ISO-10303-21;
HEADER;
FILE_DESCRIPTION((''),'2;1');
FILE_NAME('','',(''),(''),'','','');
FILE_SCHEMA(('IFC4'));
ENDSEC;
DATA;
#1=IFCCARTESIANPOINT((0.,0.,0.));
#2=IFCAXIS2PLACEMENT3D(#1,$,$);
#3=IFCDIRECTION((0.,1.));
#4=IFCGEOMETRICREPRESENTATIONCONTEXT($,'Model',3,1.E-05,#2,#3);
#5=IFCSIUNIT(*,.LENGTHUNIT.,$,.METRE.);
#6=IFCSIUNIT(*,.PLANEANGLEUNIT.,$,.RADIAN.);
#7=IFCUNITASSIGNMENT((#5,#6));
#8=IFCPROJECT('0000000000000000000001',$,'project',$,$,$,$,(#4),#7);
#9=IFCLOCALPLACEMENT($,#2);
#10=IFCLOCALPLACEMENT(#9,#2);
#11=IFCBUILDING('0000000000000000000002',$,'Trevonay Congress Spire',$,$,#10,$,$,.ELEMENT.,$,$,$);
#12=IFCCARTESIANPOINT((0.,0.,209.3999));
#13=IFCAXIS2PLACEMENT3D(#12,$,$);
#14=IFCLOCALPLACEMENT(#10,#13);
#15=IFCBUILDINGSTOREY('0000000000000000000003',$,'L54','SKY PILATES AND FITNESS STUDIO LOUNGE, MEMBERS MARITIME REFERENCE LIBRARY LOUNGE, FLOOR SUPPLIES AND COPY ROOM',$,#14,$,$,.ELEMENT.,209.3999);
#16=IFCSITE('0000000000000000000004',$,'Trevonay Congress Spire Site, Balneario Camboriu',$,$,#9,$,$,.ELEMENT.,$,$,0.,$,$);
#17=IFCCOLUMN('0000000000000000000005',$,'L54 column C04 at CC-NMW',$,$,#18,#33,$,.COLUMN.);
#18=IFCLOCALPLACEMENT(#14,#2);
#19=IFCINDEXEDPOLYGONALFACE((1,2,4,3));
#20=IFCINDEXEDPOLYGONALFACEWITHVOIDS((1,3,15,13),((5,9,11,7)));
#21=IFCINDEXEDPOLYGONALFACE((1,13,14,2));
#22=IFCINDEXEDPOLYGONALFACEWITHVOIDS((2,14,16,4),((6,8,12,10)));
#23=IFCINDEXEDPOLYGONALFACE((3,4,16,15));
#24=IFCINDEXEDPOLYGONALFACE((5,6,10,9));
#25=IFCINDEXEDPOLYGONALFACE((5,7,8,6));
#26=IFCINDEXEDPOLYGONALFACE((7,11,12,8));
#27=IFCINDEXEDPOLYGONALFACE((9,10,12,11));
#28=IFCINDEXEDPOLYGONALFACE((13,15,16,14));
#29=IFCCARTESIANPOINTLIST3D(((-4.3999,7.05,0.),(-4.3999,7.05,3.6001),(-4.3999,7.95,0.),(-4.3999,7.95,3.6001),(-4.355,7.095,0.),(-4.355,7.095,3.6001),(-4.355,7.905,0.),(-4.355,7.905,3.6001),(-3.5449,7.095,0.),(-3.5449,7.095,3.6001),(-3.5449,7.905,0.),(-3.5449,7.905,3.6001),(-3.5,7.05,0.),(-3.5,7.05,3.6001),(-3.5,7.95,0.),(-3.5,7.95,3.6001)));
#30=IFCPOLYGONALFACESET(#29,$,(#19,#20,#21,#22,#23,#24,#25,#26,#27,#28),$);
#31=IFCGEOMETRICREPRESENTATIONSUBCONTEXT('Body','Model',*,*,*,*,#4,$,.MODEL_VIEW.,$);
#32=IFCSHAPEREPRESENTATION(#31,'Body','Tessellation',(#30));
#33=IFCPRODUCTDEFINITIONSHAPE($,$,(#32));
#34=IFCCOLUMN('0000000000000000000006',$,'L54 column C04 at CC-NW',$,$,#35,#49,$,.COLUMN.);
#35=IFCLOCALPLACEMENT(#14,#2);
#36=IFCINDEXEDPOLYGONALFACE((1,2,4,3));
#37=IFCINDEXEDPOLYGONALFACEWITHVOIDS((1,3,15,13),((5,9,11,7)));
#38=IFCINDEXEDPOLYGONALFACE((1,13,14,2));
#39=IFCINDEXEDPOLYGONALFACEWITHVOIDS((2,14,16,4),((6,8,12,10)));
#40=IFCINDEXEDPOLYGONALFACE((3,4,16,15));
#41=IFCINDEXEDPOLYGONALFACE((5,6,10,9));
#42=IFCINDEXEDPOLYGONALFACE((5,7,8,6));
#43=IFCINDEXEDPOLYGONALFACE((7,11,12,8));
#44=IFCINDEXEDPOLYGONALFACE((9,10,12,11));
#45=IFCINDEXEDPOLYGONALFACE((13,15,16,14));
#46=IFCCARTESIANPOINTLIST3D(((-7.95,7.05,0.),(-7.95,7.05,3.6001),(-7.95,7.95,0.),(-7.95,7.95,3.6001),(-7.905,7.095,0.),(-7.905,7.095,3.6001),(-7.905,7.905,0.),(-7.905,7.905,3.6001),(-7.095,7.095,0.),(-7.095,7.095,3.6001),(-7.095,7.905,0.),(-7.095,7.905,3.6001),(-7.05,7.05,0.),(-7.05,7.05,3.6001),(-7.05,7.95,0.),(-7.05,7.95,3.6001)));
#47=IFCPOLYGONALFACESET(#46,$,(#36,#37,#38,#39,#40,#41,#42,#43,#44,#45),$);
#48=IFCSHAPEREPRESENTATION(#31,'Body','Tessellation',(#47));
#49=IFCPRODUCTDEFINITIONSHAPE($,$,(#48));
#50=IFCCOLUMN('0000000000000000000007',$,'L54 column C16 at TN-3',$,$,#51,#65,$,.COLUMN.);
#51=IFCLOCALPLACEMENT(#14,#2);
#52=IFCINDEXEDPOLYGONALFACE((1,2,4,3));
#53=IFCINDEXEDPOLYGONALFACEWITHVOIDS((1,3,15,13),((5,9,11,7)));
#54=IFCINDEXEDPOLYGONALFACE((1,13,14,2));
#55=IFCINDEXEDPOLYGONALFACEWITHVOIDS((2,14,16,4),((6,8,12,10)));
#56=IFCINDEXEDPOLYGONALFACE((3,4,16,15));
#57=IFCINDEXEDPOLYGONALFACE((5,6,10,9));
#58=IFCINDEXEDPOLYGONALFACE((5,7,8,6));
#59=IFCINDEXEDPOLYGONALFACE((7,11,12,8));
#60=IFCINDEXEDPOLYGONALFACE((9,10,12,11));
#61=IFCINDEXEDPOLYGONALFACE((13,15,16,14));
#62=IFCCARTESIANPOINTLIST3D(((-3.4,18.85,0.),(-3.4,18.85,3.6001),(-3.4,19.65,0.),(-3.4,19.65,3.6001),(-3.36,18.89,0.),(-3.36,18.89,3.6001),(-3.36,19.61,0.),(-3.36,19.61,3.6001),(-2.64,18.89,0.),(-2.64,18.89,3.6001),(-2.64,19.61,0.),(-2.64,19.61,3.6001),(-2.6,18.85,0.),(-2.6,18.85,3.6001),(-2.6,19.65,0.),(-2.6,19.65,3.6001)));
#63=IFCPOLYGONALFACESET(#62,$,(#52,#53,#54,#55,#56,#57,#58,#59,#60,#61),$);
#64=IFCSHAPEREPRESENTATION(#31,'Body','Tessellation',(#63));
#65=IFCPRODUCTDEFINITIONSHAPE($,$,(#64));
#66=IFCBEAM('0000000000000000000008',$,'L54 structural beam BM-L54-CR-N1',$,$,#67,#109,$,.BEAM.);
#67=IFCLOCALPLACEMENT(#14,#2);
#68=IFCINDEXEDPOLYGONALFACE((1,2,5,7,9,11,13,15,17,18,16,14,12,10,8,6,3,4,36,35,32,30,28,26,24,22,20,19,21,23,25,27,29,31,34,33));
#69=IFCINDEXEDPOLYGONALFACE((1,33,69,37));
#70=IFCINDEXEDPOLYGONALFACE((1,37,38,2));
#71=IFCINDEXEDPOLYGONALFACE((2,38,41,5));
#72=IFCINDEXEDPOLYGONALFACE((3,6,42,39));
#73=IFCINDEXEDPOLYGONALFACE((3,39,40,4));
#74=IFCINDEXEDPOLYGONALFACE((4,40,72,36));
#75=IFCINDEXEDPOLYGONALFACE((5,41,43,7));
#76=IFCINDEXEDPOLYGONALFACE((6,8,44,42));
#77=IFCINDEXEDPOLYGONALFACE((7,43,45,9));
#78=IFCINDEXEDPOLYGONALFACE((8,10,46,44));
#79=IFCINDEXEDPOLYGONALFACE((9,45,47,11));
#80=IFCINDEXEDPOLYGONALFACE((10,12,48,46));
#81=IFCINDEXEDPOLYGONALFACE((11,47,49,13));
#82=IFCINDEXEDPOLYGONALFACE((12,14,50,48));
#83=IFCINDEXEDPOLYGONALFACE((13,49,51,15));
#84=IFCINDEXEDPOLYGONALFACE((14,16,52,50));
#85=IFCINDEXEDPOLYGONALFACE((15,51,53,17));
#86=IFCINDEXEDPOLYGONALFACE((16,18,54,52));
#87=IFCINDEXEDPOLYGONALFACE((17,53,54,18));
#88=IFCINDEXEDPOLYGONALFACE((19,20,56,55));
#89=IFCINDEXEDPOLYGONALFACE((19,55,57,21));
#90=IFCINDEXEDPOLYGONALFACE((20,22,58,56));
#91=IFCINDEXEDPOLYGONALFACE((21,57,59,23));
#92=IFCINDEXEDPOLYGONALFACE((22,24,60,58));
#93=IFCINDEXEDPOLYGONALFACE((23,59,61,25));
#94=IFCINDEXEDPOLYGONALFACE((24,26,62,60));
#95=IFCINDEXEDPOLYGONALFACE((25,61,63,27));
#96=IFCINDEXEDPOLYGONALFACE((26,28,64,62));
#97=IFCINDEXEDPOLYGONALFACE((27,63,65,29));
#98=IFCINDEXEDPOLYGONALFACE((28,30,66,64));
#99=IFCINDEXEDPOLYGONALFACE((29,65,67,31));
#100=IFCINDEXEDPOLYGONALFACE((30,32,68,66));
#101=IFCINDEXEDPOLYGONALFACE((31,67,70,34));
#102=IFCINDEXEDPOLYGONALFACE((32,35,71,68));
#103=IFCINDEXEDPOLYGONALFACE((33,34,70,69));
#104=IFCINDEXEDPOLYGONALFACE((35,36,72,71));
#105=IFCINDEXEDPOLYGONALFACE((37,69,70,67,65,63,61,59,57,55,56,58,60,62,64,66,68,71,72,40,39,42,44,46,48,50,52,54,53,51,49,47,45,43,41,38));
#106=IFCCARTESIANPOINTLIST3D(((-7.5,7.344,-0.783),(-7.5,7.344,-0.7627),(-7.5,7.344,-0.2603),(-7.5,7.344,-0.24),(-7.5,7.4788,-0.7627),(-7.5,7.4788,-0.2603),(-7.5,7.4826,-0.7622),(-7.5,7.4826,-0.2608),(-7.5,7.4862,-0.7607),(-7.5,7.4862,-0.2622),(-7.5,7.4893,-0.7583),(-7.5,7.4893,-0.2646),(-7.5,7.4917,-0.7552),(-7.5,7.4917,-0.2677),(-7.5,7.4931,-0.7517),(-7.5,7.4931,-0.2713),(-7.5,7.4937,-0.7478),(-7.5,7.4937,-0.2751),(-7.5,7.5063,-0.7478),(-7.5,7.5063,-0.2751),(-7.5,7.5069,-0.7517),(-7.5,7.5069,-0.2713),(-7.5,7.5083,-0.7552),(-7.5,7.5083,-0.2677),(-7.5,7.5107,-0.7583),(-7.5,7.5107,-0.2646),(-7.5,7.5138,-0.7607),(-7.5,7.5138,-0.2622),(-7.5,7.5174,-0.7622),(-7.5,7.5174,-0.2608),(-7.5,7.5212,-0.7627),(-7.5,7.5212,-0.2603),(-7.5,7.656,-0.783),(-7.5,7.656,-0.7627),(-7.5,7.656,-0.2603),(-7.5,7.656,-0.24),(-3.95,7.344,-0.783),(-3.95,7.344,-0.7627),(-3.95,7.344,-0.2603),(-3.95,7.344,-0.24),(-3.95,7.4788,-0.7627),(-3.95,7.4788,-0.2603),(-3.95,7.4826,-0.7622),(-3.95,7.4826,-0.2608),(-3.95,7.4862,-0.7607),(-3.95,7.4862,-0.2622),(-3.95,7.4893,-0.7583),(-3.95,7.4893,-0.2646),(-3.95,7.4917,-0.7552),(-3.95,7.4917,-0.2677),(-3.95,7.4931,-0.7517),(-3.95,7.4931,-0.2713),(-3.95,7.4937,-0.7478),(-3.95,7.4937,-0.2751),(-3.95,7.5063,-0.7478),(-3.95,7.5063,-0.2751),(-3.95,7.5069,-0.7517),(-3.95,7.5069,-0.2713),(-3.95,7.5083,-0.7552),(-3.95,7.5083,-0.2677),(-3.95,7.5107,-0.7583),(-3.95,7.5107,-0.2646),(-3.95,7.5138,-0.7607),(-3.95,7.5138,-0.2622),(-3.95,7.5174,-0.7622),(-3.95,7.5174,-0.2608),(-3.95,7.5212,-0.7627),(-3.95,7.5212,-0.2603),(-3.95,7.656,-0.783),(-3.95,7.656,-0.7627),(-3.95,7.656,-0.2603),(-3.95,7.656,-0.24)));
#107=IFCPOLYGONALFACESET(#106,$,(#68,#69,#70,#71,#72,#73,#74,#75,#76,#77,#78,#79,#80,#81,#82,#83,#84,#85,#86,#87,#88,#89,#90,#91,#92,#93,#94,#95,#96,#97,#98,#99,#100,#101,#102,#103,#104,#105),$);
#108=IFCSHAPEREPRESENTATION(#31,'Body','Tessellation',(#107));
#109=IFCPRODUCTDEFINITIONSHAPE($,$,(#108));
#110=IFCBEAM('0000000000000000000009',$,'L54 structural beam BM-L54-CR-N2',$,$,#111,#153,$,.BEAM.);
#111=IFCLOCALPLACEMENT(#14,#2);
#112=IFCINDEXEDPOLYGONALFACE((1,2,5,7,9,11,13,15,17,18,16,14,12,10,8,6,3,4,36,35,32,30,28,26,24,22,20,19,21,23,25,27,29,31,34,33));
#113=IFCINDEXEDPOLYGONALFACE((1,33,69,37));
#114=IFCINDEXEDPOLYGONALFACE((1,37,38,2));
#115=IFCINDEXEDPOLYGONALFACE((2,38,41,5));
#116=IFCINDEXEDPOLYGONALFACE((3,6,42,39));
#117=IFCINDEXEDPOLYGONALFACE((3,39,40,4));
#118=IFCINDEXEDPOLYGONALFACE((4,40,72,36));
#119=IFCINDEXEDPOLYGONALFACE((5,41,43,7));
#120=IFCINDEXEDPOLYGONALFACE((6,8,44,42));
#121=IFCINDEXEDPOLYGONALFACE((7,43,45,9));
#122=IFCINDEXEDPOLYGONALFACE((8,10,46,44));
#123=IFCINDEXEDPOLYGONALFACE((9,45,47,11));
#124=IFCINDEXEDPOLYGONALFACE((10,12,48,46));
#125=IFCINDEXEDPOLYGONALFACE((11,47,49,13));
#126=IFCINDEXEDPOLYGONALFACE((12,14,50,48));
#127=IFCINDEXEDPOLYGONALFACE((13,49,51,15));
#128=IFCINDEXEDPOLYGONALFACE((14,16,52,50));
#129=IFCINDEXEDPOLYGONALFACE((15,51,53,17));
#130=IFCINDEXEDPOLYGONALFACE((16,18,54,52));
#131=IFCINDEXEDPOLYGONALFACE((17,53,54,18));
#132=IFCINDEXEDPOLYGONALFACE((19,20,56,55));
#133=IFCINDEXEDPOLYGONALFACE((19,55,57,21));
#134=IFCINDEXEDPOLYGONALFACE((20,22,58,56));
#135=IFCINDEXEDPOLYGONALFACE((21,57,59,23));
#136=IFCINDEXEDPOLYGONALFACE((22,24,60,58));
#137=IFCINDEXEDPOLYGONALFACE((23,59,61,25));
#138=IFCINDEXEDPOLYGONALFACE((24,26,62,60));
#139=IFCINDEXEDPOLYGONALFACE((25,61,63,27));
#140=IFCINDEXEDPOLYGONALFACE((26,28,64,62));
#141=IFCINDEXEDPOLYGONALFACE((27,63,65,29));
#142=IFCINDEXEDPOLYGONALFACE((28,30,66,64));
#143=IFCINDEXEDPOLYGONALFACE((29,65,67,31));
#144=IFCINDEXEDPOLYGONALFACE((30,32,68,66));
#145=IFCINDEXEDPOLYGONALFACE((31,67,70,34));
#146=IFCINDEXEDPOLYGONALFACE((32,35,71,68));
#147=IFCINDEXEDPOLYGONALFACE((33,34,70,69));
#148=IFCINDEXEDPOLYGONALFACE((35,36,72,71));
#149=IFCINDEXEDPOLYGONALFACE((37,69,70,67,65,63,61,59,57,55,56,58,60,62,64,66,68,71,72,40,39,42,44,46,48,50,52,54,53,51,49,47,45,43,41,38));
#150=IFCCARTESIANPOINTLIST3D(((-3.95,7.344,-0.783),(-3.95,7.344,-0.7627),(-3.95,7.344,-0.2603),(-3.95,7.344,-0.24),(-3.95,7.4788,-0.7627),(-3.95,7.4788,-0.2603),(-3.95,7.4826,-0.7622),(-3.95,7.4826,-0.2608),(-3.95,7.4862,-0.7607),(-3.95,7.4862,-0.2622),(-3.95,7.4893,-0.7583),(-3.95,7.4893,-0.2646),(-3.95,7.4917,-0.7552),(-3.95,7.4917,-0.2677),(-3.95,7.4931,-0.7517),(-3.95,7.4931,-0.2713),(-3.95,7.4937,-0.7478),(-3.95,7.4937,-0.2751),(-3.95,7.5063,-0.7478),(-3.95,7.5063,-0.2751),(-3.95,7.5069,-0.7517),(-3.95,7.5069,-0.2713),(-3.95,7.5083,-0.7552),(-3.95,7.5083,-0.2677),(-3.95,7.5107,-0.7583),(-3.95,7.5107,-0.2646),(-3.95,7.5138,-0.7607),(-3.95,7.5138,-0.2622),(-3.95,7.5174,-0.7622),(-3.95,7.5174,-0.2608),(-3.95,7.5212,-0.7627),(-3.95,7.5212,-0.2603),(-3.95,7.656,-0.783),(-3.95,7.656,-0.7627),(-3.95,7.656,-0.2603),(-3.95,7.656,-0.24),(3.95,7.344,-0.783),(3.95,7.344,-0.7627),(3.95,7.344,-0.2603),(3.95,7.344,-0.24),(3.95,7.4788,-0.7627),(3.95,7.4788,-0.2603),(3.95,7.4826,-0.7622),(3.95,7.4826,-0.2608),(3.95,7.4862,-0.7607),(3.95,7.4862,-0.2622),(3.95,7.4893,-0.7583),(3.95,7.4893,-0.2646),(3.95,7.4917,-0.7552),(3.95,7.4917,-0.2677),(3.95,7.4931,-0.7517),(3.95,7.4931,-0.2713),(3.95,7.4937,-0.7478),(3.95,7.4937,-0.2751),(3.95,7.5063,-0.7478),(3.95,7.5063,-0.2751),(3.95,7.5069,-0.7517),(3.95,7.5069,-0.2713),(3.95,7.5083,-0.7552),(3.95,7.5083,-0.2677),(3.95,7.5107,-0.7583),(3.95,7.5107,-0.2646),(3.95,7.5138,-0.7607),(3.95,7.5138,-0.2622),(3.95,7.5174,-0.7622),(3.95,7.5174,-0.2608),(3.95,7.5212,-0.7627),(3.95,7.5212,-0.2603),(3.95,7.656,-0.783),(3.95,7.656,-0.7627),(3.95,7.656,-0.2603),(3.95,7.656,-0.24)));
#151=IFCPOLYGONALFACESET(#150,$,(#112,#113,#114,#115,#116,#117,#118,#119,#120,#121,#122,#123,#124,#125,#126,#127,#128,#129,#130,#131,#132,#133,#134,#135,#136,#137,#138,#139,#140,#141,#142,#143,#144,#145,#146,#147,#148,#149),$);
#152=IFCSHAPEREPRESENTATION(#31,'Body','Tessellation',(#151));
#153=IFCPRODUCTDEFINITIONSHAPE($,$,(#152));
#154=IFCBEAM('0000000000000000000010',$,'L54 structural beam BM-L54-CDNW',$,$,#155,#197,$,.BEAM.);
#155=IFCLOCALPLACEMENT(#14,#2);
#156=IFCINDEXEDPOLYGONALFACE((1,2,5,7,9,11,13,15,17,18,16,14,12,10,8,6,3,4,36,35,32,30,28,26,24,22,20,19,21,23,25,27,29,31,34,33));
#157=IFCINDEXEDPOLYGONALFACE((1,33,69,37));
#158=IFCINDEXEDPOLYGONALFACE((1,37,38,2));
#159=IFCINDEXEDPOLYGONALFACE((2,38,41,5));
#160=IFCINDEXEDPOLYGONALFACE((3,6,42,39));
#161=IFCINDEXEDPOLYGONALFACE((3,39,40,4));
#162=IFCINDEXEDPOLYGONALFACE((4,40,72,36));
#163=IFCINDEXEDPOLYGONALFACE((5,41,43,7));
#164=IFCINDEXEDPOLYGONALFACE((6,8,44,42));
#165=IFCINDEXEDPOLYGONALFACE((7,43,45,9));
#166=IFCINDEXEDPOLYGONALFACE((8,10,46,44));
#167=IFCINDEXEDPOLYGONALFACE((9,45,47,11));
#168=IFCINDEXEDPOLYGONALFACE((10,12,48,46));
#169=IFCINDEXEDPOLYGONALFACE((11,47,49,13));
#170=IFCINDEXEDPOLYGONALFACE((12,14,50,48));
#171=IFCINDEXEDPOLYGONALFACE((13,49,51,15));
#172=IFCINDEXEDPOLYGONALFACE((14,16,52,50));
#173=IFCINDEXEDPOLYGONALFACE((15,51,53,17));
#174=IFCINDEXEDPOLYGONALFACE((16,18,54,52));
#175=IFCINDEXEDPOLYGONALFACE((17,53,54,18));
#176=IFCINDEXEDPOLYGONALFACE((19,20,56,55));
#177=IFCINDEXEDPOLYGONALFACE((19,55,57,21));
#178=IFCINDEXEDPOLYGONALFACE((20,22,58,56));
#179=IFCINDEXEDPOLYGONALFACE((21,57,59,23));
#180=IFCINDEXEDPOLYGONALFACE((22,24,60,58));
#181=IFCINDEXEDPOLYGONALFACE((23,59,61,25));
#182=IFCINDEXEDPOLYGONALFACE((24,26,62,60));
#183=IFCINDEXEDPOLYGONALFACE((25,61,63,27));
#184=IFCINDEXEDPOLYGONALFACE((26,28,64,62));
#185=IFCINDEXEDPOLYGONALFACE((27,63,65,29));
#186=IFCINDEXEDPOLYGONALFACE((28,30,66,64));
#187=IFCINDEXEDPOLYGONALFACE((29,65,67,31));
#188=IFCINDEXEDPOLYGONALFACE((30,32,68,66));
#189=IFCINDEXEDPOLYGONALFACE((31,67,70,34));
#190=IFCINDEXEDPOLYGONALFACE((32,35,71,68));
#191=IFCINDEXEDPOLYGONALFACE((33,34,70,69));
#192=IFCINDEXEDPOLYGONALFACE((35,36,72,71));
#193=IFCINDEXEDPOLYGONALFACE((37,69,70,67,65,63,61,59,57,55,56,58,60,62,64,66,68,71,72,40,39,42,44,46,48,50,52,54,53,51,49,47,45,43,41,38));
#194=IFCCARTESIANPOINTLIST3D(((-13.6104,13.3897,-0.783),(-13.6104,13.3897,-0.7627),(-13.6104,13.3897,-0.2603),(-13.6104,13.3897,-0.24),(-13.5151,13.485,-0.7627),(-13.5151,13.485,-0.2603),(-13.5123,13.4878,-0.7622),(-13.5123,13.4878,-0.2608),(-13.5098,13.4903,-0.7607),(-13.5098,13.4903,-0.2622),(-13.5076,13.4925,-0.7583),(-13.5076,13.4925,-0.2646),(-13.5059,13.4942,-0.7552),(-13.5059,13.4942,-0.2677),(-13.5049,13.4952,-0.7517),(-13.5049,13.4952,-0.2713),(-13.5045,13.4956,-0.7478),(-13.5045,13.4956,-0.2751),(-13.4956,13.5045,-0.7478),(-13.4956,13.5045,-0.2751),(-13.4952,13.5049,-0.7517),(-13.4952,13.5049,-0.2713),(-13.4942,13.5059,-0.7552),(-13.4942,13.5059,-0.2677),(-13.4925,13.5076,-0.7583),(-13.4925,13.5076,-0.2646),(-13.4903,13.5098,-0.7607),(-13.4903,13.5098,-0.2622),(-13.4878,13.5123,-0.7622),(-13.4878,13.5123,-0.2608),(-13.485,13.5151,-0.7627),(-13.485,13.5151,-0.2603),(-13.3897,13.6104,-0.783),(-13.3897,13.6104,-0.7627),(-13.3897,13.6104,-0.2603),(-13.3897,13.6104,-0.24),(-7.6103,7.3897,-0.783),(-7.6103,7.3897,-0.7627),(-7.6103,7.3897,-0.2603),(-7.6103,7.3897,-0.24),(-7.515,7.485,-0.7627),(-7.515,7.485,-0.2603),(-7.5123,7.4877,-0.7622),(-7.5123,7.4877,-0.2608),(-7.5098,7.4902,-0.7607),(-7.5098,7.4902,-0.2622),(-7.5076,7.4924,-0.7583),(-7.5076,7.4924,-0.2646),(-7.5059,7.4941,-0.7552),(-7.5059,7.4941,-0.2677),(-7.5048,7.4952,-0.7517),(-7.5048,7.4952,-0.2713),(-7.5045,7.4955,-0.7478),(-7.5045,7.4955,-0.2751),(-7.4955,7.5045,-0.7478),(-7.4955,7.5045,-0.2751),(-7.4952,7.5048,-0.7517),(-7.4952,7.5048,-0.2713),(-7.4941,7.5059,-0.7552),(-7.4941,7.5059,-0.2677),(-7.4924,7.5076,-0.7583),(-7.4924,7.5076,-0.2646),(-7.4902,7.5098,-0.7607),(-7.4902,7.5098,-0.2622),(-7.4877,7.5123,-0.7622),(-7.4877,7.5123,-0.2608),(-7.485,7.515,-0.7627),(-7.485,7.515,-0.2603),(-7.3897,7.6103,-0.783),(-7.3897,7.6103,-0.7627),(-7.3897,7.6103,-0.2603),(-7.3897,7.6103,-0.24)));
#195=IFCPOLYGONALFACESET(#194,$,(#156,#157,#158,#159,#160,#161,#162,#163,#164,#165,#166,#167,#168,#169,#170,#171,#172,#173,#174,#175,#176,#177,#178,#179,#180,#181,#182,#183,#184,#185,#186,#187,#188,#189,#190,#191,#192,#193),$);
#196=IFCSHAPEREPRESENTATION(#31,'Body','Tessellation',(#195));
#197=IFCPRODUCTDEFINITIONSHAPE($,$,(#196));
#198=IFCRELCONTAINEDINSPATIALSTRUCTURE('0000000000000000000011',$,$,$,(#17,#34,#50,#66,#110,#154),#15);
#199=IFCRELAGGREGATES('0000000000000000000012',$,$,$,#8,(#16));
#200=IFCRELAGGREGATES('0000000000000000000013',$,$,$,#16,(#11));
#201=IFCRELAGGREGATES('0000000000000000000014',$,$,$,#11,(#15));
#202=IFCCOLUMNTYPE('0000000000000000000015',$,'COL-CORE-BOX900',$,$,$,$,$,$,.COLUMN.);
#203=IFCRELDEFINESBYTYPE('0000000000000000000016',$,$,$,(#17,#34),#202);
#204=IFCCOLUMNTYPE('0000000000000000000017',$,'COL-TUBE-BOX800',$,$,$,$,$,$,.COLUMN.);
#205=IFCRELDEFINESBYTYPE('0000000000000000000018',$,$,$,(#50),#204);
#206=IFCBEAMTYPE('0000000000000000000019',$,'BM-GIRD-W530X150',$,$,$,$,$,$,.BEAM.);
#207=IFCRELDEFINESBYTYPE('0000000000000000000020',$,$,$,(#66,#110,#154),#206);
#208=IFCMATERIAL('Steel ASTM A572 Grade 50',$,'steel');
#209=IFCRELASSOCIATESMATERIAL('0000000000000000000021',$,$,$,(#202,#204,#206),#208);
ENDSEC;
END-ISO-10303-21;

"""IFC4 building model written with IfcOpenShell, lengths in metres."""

from ifc_helpers import new_model, si_unit, direction, frame, origin, origin_2d, place, context, subcontext, project, spatial, hollow_rectangle, i_section, extrude, material, material_profile, profile_set, type_object, element, save


model = new_model("IFC4")

# Units and contexts
model_context = context("Model", 3, precision=1e-05, world=origin(), true_north=direction((0.0, 1.0)))
body_context = subcontext(model_context, "Body", "Model", "MODEL_VIEW")
ifc_project = project(units=[si_unit("LENGTHUNIT", "METRE"), si_unit("PLANEANGLEUNIT", "RADIAN")], contexts=[model_context])

# Site, building, storey
site_placement = place(None, origin())
site = spatial("IfcSite", under=ifc_project, at=site_placement, Name="Trevonay Congress Spire Site, Balneario Camboriu", CompositionType="ELEMENT", RefElevation=0.0)
building_placement = place(site_placement, origin())
building = spatial("IfcBuilding", under=site, at=building_placement, Name="Trevonay Congress Spire", CompositionType="ELEMENT")
storey_placement = place(building_placement, frame((0.0, 0.0, 209.3999)))
storey = spatial("IfcBuildingStorey", under=building, at=storey_placement, Name="L54", Description="SKY PILATES AND FITNESS STUDIO LOUNGE, MEMBERS MARITIME REFERENCE LIBRARY LOUNGE, FLOOR SUPPLIES AND COPY ROOM", CompositionType="ELEMENT", Elevation=209.3999)

# Columns
ifc_material_1 = material(Name="Steel ASTM A572 Grade 50", Category="steel")
ifc_material_profile_1 = material_profile(ifc_material_1, hollow_rectangle(XDim=0.8999, YDim=0.8999, WallThickness=0.0449, at=origin_2d()), Name="BOX 900x900x45")
ifc_profile_set_1 = profile_set([ifc_material_profile_1], Name="Steel ASTM A572 Grade 50")
column_type_1 = type_object("IfcColumnType", Name="COL-CORE-BOX900", PredefinedType="COLUMN", material=ifc_profile_set_1)
for number, where, z_axis, x_axis, name in (
    (1, (-3.95, 7.5, 0.0), (0.0, 0.0, 1.0), (1.0, 0.0, 0.0), "L54 column C04 at CC-NMW"),
    (2, (-7.5, 7.5, 0.0), (0.0, 0.0, 1.0), (1.0, 0.0, 0.0), "L54 column C04 at CC-NW"),
):
    element("IfcColumn", number, at=place(storey_placement, frame(where, z_axis=z_axis, x_axis=x_axis)), inside=storey, type_object=column_type_1, Name=name, PredefinedType="COLUMN", context=body_context, shape_type="SweptSolid", body=[
        extrude(hollow_rectangle(XDim=0.8999, YDim=0.8999, WallThickness=0.0449, at=origin_2d()), origin(), (0.0, 0.0, 1.0), 3.6001),
    ])
ifc_material_profile_2 = material_profile(ifc_material_1, hollow_rectangle(XDim=0.8, YDim=0.8, WallThickness=0.04, at=origin_2d()), Name="BOX 800x800x40")
ifc_profile_set_2 = profile_set([ifc_material_profile_2], Name="Steel ASTM A572 Grade 50")
column_type_2 = type_object("IfcColumnType", Name="COL-TUBE-BOX800", PredefinedType="COLUMN", material=ifc_profile_set_2)
column_placement = place(storey_placement, frame((-3.0, 19.25, 0.0), z_axis=(0.0, 0.0, 1.0), x_axis=(1.0, 0.0, 0.0)))
element("IfcColumn", 3, at=column_placement, inside=storey, type_object=column_type_2, Name="L54 column C16 at TN-3", PredefinedType="COLUMN", context=body_context, shape_type="SweptSolid", body=[
    extrude(hollow_rectangle(XDim=0.8, YDim=0.8, WallThickness=0.04, at=origin_2d()), origin(), (0.0, 0.0, 1.0), 3.6001),
])

# Beams
ifc_material_profile_3 = material_profile(ifc_material_1, i_section(OverallWidth=0.312, OverallDepth=0.543, WebThickness=0.0127, FlangeThickness=0.0203, FilletRadius=0.0149, at=origin_2d()), Name="W530x150")
ifc_profile_set_3 = profile_set([ifc_material_profile_3], Name="Steel ASTM A572 Grade 50")
beam_type_1 = type_object("IfcBeamType", Name="BM-GIRD-W530X150", PredefinedType="BEAM", material=ifc_profile_set_3)
beam_1_placement = place(storey_placement, frame((-7.5, 7.5, -0.5115), z_axis=(1.0, 0.0, 0.0), x_axis=(0.0, 1.0, 0.0)))
element("IfcBeam", 4, at=beam_1_placement, inside=storey, type_object=beam_type_1, Name="L54 structural beam BM-L54-CR-N1", PredefinedType="BEAM", context=body_context, shape_type="SweptSolid", body=[
    extrude(i_section(OverallWidth=0.312, OverallDepth=0.543, WebThickness=0.0127, FlangeThickness=0.0203, FilletRadius=0.0149, at=origin_2d()), origin(), (0.0, 0.0, 1.0), 3.55),
])
beam_2_placement = place(storey_placement, frame((-3.95, 7.5, -0.5115), z_axis=(1.0, 0.0, 0.0), x_axis=(0.0, 1.0, 0.0)))
element("IfcBeam", 5, at=beam_2_placement, inside=storey, type_object=beam_type_1, Name="L54 structural beam BM-L54-CR-N2", PredefinedType="BEAM", context=body_context, shape_type="SweptSolid", body=[
    extrude(i_section(OverallWidth=0.312, OverallDepth=0.543, WebThickness=0.0127, FlangeThickness=0.0203, FilletRadius=0.0149, at=origin_2d()), origin(), (0.0, 0.0, 1.0), 7.8999),
])
beam_3_placement = place(storey_placement, frame((-7.5, 7.5, -0.5115), z_axis=(-0.707107, 0.707107, 0.0), x_axis=(-0.707107, -0.707107, 0.0)))
element("IfcBeam", 6, at=beam_3_placement, inside=storey, type_object=beam_type_1, Name="L54 structural beam BM-L54-CDNW", PredefinedType="BEAM", context=body_context, shape_type="SweptSolid", body=[
    extrude(i_section(OverallWidth=0.312, OverallDepth=0.543, WebThickness=0.0127, FlangeThickness=0.0203, FilletRadius=0.0149, at=origin_2d()), origin(), (0.0, 0.0, 1.0), 8.4854),
])

save(model, "model.ifc")
